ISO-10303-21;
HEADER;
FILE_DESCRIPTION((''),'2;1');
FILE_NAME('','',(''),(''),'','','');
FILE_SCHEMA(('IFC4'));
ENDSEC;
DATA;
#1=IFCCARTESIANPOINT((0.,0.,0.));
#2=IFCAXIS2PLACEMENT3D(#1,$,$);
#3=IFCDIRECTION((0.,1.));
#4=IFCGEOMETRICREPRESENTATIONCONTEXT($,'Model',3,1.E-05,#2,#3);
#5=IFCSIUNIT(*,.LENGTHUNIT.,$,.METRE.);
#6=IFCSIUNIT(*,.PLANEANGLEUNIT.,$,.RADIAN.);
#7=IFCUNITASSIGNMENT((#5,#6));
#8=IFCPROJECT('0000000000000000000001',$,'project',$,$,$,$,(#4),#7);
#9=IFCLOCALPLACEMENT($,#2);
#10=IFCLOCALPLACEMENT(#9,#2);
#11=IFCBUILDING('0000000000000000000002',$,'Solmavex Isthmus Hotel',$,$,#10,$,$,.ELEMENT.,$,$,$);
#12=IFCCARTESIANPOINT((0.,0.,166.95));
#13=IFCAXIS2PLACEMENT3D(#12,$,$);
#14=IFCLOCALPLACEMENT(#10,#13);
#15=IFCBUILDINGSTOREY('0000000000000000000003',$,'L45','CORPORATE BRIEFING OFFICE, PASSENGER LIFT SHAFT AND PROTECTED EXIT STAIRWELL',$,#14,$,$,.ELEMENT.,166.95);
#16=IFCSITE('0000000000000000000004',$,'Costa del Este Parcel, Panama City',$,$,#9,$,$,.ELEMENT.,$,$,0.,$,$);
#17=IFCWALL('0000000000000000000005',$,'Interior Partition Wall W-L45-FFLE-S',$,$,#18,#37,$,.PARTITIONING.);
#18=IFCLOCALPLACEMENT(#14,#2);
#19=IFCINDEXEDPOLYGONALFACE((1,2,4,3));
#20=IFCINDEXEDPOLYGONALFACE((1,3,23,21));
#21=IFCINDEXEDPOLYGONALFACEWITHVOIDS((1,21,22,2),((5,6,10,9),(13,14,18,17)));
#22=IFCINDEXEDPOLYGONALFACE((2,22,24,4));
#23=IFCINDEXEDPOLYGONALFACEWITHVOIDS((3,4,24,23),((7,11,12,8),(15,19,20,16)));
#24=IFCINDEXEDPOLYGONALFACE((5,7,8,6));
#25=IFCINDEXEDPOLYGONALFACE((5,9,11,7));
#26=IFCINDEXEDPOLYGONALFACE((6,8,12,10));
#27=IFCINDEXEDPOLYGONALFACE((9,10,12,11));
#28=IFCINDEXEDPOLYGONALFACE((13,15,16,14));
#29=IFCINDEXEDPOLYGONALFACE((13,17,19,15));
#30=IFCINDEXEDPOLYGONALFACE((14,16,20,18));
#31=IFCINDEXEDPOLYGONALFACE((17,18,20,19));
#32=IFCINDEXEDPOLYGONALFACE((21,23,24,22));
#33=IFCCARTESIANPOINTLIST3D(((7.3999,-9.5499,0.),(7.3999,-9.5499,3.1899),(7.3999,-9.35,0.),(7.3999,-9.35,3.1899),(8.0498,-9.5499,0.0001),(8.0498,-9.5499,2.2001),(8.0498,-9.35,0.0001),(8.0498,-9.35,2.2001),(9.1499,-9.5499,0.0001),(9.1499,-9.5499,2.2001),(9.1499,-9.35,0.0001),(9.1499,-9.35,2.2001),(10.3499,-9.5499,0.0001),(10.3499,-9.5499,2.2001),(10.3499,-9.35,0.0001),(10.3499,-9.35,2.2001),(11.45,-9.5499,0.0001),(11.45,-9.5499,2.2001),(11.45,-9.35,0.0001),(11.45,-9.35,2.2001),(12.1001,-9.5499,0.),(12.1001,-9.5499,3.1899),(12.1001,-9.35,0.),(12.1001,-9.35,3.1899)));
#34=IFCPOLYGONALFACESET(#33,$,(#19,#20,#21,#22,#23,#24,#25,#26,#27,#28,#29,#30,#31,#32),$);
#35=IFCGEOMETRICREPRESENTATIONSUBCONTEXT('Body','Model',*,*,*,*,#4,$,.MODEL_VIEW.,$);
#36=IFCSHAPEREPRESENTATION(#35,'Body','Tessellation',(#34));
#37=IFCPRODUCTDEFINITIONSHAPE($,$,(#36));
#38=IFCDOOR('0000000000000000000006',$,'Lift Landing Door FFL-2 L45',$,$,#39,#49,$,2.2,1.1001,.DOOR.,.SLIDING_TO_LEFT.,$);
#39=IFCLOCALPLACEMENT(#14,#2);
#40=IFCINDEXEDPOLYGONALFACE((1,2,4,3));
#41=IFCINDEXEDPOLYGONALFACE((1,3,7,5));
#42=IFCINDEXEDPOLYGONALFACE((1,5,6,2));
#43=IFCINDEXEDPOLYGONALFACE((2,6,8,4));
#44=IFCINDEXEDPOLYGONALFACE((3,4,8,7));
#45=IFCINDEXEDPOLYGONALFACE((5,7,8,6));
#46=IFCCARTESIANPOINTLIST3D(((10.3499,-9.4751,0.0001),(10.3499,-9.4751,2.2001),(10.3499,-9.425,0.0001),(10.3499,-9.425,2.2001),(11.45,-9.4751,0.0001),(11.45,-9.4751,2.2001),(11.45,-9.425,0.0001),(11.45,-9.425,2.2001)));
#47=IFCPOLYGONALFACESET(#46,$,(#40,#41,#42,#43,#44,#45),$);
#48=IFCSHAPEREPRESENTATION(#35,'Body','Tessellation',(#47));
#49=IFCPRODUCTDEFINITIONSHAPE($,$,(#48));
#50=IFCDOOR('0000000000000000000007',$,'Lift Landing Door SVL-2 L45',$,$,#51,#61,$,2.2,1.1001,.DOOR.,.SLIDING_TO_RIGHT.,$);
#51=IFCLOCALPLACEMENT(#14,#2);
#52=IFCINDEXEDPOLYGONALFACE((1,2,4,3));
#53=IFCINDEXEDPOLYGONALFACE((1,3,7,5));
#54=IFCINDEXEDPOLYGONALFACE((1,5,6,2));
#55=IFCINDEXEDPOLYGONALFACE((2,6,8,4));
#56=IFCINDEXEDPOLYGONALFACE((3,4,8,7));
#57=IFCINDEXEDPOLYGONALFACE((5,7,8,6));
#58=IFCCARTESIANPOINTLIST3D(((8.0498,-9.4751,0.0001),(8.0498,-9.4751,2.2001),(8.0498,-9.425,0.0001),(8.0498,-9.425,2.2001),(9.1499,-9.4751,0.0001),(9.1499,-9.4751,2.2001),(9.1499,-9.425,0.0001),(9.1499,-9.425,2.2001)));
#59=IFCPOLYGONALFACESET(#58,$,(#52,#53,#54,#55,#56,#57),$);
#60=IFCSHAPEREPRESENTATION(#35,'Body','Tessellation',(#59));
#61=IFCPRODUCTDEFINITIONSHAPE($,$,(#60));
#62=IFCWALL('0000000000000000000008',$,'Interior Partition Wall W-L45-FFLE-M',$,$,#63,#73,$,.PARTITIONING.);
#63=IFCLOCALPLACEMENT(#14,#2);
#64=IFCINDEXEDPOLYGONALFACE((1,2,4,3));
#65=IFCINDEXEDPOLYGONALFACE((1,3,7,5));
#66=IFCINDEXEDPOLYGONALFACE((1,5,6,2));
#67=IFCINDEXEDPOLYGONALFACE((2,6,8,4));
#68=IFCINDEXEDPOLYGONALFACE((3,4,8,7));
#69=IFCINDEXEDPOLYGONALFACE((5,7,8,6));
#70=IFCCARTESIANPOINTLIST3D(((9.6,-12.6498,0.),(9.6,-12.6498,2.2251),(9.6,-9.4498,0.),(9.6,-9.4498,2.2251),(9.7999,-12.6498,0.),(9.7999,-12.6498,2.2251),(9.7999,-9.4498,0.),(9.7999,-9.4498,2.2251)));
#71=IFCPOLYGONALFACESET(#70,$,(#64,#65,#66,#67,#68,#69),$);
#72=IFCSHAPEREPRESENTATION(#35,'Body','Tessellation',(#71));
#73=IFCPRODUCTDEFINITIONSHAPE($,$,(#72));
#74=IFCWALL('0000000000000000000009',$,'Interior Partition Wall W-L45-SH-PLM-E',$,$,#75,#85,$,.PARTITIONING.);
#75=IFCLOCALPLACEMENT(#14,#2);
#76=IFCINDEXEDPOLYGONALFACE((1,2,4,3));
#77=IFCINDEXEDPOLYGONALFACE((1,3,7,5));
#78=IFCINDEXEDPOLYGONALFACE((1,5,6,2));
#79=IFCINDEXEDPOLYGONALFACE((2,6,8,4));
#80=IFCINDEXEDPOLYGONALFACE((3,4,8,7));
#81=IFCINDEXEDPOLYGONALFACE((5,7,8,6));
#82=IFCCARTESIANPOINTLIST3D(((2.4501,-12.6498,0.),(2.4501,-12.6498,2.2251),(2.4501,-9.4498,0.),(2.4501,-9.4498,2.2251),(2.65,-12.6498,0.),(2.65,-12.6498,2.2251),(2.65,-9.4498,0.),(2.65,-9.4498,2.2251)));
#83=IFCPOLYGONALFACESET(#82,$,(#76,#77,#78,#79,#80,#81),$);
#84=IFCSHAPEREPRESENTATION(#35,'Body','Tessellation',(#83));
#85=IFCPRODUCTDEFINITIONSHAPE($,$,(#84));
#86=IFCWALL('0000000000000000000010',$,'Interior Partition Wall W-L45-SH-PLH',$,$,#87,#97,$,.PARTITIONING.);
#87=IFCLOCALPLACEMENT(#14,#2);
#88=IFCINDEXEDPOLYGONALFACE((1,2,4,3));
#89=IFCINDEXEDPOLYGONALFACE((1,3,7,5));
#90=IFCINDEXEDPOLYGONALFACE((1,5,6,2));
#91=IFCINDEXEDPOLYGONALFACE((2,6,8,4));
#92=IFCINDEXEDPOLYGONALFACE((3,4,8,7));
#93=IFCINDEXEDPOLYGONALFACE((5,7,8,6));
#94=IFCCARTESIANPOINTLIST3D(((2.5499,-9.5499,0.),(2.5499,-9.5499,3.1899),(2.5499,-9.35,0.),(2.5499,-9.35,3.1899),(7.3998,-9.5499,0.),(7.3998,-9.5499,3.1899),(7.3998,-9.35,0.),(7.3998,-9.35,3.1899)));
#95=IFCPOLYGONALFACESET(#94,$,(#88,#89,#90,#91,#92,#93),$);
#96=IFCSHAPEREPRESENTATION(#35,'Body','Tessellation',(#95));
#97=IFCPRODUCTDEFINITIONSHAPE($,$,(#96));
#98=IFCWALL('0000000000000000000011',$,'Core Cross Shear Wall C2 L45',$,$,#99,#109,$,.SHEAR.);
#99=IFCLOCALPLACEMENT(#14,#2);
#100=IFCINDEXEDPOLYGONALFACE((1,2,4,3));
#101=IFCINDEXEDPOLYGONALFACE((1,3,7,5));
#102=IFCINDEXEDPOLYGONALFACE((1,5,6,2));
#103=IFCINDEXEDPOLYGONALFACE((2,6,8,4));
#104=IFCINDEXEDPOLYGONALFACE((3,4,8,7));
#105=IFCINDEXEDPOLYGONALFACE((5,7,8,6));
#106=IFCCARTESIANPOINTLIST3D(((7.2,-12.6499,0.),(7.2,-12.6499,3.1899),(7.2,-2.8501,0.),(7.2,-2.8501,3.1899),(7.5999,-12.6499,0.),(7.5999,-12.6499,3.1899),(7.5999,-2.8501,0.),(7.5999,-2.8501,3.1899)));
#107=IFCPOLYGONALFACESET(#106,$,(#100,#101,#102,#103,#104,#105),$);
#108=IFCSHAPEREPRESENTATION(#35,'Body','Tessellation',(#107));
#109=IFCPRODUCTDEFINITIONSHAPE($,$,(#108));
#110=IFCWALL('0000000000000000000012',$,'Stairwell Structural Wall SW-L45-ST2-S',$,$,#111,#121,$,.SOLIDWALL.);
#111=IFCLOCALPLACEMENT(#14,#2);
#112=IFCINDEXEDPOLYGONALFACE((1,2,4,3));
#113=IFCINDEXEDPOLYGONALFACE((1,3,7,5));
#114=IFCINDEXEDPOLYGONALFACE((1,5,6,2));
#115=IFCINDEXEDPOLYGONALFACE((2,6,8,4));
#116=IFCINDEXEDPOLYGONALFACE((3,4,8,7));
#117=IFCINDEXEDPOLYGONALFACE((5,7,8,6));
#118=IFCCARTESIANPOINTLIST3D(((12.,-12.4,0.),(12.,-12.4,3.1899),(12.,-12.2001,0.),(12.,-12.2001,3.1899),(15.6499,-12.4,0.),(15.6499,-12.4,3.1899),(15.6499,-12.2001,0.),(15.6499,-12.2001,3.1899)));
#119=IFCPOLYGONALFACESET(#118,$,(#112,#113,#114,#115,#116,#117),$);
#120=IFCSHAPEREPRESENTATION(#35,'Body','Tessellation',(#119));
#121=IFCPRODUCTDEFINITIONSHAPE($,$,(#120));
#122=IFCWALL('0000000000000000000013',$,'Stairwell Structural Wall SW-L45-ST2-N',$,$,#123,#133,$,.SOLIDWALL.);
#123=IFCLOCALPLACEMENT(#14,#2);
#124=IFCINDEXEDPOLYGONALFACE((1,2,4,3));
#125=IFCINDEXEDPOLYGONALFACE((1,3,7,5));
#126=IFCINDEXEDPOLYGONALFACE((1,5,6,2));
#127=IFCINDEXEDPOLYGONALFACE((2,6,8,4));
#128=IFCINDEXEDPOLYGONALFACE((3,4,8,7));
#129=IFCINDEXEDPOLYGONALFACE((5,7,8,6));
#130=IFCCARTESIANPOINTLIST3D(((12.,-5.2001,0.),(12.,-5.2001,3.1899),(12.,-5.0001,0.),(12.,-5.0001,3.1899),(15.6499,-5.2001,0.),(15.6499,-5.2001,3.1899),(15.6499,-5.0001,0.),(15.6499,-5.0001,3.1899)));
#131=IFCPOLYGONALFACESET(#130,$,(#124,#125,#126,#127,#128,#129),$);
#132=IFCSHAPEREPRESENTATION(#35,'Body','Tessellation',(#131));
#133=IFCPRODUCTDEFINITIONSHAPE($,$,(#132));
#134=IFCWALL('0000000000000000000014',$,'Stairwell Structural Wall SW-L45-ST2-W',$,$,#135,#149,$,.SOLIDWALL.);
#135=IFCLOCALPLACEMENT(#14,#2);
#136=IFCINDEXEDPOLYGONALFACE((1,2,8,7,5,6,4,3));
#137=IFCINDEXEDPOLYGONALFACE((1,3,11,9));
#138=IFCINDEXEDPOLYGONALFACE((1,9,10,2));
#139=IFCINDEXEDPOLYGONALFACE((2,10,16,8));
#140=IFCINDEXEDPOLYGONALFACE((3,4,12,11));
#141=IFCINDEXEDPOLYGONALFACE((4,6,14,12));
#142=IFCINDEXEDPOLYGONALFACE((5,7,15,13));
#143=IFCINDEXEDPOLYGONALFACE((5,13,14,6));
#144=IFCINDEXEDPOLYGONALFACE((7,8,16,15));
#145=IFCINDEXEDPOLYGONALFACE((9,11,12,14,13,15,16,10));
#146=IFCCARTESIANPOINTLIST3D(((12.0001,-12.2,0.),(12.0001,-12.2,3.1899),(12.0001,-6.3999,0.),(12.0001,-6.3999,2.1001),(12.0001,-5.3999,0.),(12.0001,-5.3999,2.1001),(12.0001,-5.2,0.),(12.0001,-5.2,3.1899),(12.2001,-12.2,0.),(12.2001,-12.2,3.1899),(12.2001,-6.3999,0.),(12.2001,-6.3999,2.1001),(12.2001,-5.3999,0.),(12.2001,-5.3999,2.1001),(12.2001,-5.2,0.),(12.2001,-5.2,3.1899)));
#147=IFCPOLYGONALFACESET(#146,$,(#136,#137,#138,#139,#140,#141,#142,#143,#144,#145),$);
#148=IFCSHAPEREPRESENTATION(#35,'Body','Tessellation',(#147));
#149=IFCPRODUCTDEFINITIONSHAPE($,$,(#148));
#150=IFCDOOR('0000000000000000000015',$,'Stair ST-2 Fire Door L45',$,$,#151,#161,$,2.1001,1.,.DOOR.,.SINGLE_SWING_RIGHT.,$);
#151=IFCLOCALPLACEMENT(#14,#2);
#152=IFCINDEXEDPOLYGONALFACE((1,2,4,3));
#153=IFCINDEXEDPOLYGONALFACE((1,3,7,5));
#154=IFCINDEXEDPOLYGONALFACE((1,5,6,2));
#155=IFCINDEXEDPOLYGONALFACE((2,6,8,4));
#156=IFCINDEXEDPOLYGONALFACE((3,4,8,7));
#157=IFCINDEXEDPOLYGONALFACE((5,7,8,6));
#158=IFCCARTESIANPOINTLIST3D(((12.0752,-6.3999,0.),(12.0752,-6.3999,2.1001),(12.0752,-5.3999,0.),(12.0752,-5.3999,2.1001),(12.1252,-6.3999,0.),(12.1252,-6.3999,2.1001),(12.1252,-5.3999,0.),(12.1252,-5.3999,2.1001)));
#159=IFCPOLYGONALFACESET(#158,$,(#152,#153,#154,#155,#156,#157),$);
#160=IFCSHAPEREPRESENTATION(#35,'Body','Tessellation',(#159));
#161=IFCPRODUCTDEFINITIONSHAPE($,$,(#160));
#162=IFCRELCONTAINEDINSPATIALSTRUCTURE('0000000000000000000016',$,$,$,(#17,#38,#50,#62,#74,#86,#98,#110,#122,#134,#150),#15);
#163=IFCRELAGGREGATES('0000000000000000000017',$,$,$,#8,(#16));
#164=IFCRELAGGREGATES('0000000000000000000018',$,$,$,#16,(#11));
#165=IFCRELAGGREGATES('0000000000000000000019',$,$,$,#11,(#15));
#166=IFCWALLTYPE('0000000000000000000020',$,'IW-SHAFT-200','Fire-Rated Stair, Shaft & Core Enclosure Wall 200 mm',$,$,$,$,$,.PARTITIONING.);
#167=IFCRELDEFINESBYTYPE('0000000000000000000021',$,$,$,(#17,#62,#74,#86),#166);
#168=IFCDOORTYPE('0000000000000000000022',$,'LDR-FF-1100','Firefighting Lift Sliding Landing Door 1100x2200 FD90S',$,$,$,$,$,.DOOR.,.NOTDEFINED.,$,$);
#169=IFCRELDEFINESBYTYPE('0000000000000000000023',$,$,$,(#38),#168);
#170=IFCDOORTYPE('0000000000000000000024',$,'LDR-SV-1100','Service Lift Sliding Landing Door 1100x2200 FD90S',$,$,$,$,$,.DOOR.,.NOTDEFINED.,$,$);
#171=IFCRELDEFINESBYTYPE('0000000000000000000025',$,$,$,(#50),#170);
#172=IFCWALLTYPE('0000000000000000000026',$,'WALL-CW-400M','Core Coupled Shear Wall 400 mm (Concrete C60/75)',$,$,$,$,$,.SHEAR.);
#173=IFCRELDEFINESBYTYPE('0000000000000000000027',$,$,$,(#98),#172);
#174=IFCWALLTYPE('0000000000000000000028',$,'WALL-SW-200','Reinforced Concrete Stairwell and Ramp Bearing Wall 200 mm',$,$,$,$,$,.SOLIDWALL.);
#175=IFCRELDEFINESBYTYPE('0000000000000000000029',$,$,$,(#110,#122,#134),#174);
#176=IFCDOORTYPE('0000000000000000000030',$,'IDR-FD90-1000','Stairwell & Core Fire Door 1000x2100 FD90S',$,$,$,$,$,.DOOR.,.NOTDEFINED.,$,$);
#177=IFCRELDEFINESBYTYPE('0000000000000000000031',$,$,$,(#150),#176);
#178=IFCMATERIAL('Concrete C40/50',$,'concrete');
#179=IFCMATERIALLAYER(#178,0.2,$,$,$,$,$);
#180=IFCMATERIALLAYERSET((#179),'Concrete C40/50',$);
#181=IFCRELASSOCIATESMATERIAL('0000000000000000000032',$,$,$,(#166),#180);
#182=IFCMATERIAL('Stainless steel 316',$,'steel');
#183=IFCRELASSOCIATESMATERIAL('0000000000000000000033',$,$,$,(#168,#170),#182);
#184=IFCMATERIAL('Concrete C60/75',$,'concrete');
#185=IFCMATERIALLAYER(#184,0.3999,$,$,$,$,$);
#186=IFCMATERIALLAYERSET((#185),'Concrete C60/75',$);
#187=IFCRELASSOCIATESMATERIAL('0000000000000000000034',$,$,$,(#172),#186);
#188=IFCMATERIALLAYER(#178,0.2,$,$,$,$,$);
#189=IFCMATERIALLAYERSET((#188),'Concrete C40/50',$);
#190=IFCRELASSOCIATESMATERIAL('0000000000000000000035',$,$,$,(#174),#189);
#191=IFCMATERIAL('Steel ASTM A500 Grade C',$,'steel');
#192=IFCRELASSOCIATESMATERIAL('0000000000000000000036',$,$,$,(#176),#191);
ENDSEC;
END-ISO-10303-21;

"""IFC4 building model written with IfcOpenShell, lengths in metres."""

from ifc_helpers import new_model, si_unit, direction, frame, frame_2d, origin, place, context, subcontext, project, spatial, rectangle, extrude, material, layer, layer_set, type_object, element, fill, save


model = new_model("IFC4")

# Units and contexts
model_context = context("Model", 3, precision=1e-05, world=origin(), true_north=direction((0.0, 1.0)))
body_context = subcontext(model_context, "Body", "Model", "MODEL_VIEW")
ifc_project = project(units=[si_unit("LENGTHUNIT", "METRE"), si_unit("PLANEANGLEUNIT", "RADIAN")], contexts=[model_context])

# Site, building, storey
site_placement = place(None, origin())
site = spatial("IfcSite", under=ifc_project, at=site_placement, Name="Costa del Este Parcel, Panama City", CompositionType="ELEMENT", RefElevation=0.0)
building_placement = place(site_placement, origin())
building = spatial("IfcBuilding", under=site, at=building_placement, Name="Solmavex Isthmus Hotel", CompositionType="ELEMENT")
storey_placement = place(building_placement, frame((0.0, 0.0, 166.95)))
storey = spatial("IfcBuildingStorey", under=building, at=storey_placement, Name="L45", Description="CORPORATE BRIEFING OFFICE, PASSENGER LIFT SHAFT AND PROTECTED EXIT STAIRWELL", CompositionType="ELEMENT", Elevation=166.95)

# Shared definitions
ifc_material_1 = material(Name="Concrete C60/75", Category="concrete")

# Shared definitions
ifc_material_2 = material(Name="Steel ASTM A500 Grade C", Category="steel")

# Shared definitions
ifc_material_3 = material(Name="Concrete C40/50", Category="concrete")

# Shared definitions
ifc_layer_1 = layer(ifc_material_3, 0.2)
ifc_layer_set_1 = layer_set([ifc_layer_1], Name="Concrete C40/50")
wall_type_1 = type_object("IfcWallType", Name="IW-SHAFT-200", Description="Fire-Rated Stair, Shaft & Core Enclosure Wall 200 mm", PredefinedType="PARTITIONING", material=ifc_layer_set_1)

# Wall, openings, doors
wall_1_placement = place(storey_placement, frame((7.3999, -9.45, 0.0), z_axis=(0.0, 0.0, 1.0), x_axis=(1.0, 0.0, 0.0)))
wall_1 = element("IfcWall", 1, at=wall_1_placement, inside=storey, type_object=wall_type_1, Name="Interior Partition Wall W-L45-FFLE-S", PredefinedType="PARTITIONING", context=body_context, shape_type="SweptSolid", body=[
    extrude(rectangle(XDim=4.7002, YDim=0.2, at=frame_2d((2.3501, 0.0))), origin(), (0.0, 0.0, 1.0), 3.1899),
])
opening_1_placement = place(wall_1_placement, frame((2.95, 0.0, 0.0)))
opening_1 = element("IfcOpeningElement", 2, at=opening_1_placement, cuts=wall_1, PredefinedType="OPENING", context=body_context, shape_type="SweptSolid", body=[
    extrude(rectangle(XDim=1.1001, YDim=2.2, at=frame_2d((0.55, 1.1001))), frame((0.0, 0.1099, 0.0), z_axis=(0.0, -1.0, 0.0), x_axis=(1.0, 0.0, 0.0)), (0.0, 0.0, 1.0), 0.22),
])
opening_2_placement = place(wall_1_placement, frame((0.6499, 0.0, 0.0)))
opening_2 = element("IfcOpeningElement", 3, at=opening_2_placement, cuts=wall_1, PredefinedType="OPENING", context=body_context, shape_type="SweptSolid", body=[
    extrude(rectangle(XDim=1.1001, YDim=2.2, at=frame_2d((0.55, 1.1001))), frame((0.0, 0.1099, 0.0), z_axis=(0.0, -1.0, 0.0), x_axis=(1.0, 0.0, 0.0)), (0.0, 0.0, 1.0), 0.22),
])
ifc_material_4 = material(Name="Stainless steel 316", Category="steel")
door_type_1 = type_object("IfcDoorType", Name="LDR-FF-1100", Description="Firefighting Lift Sliding Landing Door 1100x2200 FD90S", OperationType="NOTDEFINED", PredefinedType="DOOR", material=ifc_material_4)
door_1_placement = place(opening_1_placement, origin())
door_1 = element("IfcDoor", 4, at=door_1_placement, inside=storey, type_object=door_type_1, Name="Lift Landing Door FFL-2 L45", OperationType="SLIDING_TO_LEFT", OverallHeight=2.2, OverallWidth=1.1001, PredefinedType="DOOR", context=body_context, shape_type="SweptSolid", body=[
    extrude(rectangle(XDim=1.1001, YDim=2.2, at=frame_2d((0.55, 1.1001))), frame((0.0, 0.0249, 0.0), z_axis=(0.0, -1.0, 0.0), x_axis=(1.0, 0.0, 0.0)), (0.0, 0.0, 1.0), 0.05),
])
fill(opening_1, door_1)
door_type_2 = type_object("IfcDoorType", Name="LDR-SV-1100", Description="Service Lift Sliding Landing Door 1100x2200 FD90S", OperationType="NOTDEFINED", PredefinedType="DOOR", material=ifc_material_4)
door_2_placement = place(opening_2_placement, origin())
door_2 = element("IfcDoor", 5, at=door_2_placement, inside=storey, type_object=door_type_2, Name="Lift Landing Door SVL-2 L45", OperationType="SLIDING_TO_RIGHT", OverallHeight=2.2, OverallWidth=1.1001, PredefinedType="DOOR", context=body_context, shape_type="SweptSolid", body=[
    extrude(rectangle(XDim=1.1001, YDim=2.2, at=frame_2d((0.55, 1.1001))), frame((0.0, 0.0249, 0.0), z_axis=(0.0, -1.0, 0.0), x_axis=(1.0, 0.0, 0.0)), (0.0, 0.0, 1.0), 0.05),
])
fill(opening_2, door_2)

# Walls
for number, where, z_axis, x_axis, name in (
    (6, (9.7, -12.6499, 0.0), (0.0, 0.0, 1.0), (0.0, 1.0, 0.0), "Interior Partition Wall W-L45-FFLE-M"),
    (7, (2.55, -12.6499, 0.0), (0.0, 0.0, 1.0), (0.0, 1.0, 0.0), "Interior Partition Wall W-L45-SH-PLM-E"),
):
    element("IfcWall", number, at=place(storey_placement, frame(where, z_axis=z_axis, x_axis=x_axis)), inside=storey, type_object=wall_type_1, Name=name, PredefinedType="PARTITIONING", context=body_context, shape_type="SweptSolid", body=[
        extrude(rectangle(XDim=3.2, YDim=0.2, at=frame_2d((1.6001, 0.0))), origin(), (0.0, 0.0, 1.0), 2.2251),
    ])
wall_2_placement = place(storey_placement, frame((2.55, -9.45, 0.0), z_axis=(0.0, 0.0, 1.0), x_axis=(1.0, 0.0, 0.0)))
element("IfcWall", 8, at=wall_2_placement, inside=storey, type_object=wall_type_1, Name="Interior Partition Wall W-L45-SH-PLH", PredefinedType="PARTITIONING", context=body_context, shape_type="SweptSolid", body=[
    extrude(rectangle(XDim=4.8499, YDim=0.2, at=frame_2d((2.4248, 0.0))), origin(), (0.0, 0.0, 1.0), 3.1899),
])
ifc_layer_2 = layer(ifc_material_1, 0.3999)
ifc_layer_set_2 = layer_set([ifc_layer_2], Name="Concrete C60/75")
wall_type_2 = type_object("IfcWallType", Name="WALL-CW-400M", Description="Core Coupled Shear Wall 400 mm (Concrete C60/75)", PredefinedType="SHEAR", material=ifc_layer_set_2)
wall_3_placement = place(storey_placement, frame((7.3999, -12.6499, 0.0), z_axis=(0.0, 0.0, 1.0), x_axis=(0.0, 1.0, 0.0)))
element("IfcWall", 9, at=wall_3_placement, inside=storey, type_object=wall_type_2, Name="Core Cross Shear Wall C2 L45", PredefinedType="SHEAR", context=body_context, shape_type="SweptSolid", body=[
    extrude(rectangle(XDim=9.7998, YDim=0.3999, at=frame_2d((4.8999, 0.0))), origin(), (0.0, 0.0, 1.0), 3.1899),
])
ifc_layer_3 = layer(ifc_material_3, 0.2)
ifc_layer_set_3 = layer_set([ifc_layer_3], Name="Concrete C40/50")
wall_type_3 = type_object("IfcWallType", Name="WALL-SW-200", Description="Reinforced Concrete Stairwell and Ramp Bearing Wall 200 mm", PredefinedType="SOLIDWALL", material=ifc_layer_set_3)
for number, where, z_axis, x_axis, name in (
    (10, (12.0, -12.3, 0.0), (0.0, 0.0, 1.0), (1.0, 0.0, 0.0), "Stairwell Structural Wall SW-L45-ST2-S"),
    (11, (12.0, -5.1001, 0.0), (0.0, 0.0, 1.0), (1.0, 0.0, 0.0), "Stairwell Structural Wall SW-L45-ST2-N"),
):
    element("IfcWall", number, at=place(storey_placement, frame(where, z_axis=z_axis, x_axis=x_axis)), inside=storey, type_object=wall_type_3, Name=name, PredefinedType="SOLIDWALL", context=body_context, shape_type="SweptSolid", body=[
        extrude(rectangle(XDim=3.6499, YDim=0.2, at=frame_2d((1.825, 0.0))), origin(), (0.0, 0.0, 1.0), 3.1899),
    ])

# Wall, opening, door
wall_4_placement = place(storey_placement, frame((12.1001, -12.2, 0.0), z_axis=(0.0, 0.0, 1.0), x_axis=(0.0, 1.0, 0.0)))
wall_4 = element("IfcWall", 12, at=wall_4_placement, inside=storey, type_object=wall_type_3, Name="Stairwell Structural Wall SW-L45-ST2-W", PredefinedType="SOLIDWALL", context=body_context, shape_type="SweptSolid", body=[
    extrude(rectangle(XDim=7.0, YDim=0.2, at=frame_2d((3.5, 0.0))), origin(), (0.0, 0.0, 1.0), 3.1899),
])
opening_3_placement = place(wall_4_placement, frame((5.8, 0.0, 0.0)))
opening_3 = element("IfcOpeningElement", 13, at=opening_3_placement, cuts=wall_4, PredefinedType="OPENING", context=body_context, shape_type="SweptSolid", body=[
    extrude(rectangle(XDim=1.0, YDim=2.1001, at=frame_2d((0.5, 1.05))), frame((0.0, 0.1099, 0.0), z_axis=(0.0, -1.0, 0.0), x_axis=(1.0, 0.0, 0.0)), (0.0, 0.0, 1.0), 0.22),
])
door_type_3 = type_object("IfcDoorType", Name="IDR-FD90-1000", Description="Stairwell & Core Fire Door 1000x2100 FD90S", OperationType="NOTDEFINED", PredefinedType="DOOR", material=ifc_material_2)
door_3_placement = place(opening_3_placement, origin())
door_3 = element("IfcDoor", 14, at=door_3_placement, inside=storey, type_object=door_type_3, Name="Stair ST-2 Fire Door L45", OperationType="SINGLE_SWING_RIGHT", OverallHeight=2.1001, OverallWidth=1.0, PredefinedType="DOOR", context=body_context, shape_type="SweptSolid", body=[
    extrude(rectangle(XDim=1.0, YDim=2.1001, at=frame_2d((0.5, 1.05))), frame((0.0, 0.0249, 0.0), z_axis=(0.0, -1.0, 0.0), x_axis=(1.0, 0.0, 0.0)), (0.0, 0.0, 1.0), 0.05),
])
fill(opening_3, door_3)

save(model, "model.ifc")
